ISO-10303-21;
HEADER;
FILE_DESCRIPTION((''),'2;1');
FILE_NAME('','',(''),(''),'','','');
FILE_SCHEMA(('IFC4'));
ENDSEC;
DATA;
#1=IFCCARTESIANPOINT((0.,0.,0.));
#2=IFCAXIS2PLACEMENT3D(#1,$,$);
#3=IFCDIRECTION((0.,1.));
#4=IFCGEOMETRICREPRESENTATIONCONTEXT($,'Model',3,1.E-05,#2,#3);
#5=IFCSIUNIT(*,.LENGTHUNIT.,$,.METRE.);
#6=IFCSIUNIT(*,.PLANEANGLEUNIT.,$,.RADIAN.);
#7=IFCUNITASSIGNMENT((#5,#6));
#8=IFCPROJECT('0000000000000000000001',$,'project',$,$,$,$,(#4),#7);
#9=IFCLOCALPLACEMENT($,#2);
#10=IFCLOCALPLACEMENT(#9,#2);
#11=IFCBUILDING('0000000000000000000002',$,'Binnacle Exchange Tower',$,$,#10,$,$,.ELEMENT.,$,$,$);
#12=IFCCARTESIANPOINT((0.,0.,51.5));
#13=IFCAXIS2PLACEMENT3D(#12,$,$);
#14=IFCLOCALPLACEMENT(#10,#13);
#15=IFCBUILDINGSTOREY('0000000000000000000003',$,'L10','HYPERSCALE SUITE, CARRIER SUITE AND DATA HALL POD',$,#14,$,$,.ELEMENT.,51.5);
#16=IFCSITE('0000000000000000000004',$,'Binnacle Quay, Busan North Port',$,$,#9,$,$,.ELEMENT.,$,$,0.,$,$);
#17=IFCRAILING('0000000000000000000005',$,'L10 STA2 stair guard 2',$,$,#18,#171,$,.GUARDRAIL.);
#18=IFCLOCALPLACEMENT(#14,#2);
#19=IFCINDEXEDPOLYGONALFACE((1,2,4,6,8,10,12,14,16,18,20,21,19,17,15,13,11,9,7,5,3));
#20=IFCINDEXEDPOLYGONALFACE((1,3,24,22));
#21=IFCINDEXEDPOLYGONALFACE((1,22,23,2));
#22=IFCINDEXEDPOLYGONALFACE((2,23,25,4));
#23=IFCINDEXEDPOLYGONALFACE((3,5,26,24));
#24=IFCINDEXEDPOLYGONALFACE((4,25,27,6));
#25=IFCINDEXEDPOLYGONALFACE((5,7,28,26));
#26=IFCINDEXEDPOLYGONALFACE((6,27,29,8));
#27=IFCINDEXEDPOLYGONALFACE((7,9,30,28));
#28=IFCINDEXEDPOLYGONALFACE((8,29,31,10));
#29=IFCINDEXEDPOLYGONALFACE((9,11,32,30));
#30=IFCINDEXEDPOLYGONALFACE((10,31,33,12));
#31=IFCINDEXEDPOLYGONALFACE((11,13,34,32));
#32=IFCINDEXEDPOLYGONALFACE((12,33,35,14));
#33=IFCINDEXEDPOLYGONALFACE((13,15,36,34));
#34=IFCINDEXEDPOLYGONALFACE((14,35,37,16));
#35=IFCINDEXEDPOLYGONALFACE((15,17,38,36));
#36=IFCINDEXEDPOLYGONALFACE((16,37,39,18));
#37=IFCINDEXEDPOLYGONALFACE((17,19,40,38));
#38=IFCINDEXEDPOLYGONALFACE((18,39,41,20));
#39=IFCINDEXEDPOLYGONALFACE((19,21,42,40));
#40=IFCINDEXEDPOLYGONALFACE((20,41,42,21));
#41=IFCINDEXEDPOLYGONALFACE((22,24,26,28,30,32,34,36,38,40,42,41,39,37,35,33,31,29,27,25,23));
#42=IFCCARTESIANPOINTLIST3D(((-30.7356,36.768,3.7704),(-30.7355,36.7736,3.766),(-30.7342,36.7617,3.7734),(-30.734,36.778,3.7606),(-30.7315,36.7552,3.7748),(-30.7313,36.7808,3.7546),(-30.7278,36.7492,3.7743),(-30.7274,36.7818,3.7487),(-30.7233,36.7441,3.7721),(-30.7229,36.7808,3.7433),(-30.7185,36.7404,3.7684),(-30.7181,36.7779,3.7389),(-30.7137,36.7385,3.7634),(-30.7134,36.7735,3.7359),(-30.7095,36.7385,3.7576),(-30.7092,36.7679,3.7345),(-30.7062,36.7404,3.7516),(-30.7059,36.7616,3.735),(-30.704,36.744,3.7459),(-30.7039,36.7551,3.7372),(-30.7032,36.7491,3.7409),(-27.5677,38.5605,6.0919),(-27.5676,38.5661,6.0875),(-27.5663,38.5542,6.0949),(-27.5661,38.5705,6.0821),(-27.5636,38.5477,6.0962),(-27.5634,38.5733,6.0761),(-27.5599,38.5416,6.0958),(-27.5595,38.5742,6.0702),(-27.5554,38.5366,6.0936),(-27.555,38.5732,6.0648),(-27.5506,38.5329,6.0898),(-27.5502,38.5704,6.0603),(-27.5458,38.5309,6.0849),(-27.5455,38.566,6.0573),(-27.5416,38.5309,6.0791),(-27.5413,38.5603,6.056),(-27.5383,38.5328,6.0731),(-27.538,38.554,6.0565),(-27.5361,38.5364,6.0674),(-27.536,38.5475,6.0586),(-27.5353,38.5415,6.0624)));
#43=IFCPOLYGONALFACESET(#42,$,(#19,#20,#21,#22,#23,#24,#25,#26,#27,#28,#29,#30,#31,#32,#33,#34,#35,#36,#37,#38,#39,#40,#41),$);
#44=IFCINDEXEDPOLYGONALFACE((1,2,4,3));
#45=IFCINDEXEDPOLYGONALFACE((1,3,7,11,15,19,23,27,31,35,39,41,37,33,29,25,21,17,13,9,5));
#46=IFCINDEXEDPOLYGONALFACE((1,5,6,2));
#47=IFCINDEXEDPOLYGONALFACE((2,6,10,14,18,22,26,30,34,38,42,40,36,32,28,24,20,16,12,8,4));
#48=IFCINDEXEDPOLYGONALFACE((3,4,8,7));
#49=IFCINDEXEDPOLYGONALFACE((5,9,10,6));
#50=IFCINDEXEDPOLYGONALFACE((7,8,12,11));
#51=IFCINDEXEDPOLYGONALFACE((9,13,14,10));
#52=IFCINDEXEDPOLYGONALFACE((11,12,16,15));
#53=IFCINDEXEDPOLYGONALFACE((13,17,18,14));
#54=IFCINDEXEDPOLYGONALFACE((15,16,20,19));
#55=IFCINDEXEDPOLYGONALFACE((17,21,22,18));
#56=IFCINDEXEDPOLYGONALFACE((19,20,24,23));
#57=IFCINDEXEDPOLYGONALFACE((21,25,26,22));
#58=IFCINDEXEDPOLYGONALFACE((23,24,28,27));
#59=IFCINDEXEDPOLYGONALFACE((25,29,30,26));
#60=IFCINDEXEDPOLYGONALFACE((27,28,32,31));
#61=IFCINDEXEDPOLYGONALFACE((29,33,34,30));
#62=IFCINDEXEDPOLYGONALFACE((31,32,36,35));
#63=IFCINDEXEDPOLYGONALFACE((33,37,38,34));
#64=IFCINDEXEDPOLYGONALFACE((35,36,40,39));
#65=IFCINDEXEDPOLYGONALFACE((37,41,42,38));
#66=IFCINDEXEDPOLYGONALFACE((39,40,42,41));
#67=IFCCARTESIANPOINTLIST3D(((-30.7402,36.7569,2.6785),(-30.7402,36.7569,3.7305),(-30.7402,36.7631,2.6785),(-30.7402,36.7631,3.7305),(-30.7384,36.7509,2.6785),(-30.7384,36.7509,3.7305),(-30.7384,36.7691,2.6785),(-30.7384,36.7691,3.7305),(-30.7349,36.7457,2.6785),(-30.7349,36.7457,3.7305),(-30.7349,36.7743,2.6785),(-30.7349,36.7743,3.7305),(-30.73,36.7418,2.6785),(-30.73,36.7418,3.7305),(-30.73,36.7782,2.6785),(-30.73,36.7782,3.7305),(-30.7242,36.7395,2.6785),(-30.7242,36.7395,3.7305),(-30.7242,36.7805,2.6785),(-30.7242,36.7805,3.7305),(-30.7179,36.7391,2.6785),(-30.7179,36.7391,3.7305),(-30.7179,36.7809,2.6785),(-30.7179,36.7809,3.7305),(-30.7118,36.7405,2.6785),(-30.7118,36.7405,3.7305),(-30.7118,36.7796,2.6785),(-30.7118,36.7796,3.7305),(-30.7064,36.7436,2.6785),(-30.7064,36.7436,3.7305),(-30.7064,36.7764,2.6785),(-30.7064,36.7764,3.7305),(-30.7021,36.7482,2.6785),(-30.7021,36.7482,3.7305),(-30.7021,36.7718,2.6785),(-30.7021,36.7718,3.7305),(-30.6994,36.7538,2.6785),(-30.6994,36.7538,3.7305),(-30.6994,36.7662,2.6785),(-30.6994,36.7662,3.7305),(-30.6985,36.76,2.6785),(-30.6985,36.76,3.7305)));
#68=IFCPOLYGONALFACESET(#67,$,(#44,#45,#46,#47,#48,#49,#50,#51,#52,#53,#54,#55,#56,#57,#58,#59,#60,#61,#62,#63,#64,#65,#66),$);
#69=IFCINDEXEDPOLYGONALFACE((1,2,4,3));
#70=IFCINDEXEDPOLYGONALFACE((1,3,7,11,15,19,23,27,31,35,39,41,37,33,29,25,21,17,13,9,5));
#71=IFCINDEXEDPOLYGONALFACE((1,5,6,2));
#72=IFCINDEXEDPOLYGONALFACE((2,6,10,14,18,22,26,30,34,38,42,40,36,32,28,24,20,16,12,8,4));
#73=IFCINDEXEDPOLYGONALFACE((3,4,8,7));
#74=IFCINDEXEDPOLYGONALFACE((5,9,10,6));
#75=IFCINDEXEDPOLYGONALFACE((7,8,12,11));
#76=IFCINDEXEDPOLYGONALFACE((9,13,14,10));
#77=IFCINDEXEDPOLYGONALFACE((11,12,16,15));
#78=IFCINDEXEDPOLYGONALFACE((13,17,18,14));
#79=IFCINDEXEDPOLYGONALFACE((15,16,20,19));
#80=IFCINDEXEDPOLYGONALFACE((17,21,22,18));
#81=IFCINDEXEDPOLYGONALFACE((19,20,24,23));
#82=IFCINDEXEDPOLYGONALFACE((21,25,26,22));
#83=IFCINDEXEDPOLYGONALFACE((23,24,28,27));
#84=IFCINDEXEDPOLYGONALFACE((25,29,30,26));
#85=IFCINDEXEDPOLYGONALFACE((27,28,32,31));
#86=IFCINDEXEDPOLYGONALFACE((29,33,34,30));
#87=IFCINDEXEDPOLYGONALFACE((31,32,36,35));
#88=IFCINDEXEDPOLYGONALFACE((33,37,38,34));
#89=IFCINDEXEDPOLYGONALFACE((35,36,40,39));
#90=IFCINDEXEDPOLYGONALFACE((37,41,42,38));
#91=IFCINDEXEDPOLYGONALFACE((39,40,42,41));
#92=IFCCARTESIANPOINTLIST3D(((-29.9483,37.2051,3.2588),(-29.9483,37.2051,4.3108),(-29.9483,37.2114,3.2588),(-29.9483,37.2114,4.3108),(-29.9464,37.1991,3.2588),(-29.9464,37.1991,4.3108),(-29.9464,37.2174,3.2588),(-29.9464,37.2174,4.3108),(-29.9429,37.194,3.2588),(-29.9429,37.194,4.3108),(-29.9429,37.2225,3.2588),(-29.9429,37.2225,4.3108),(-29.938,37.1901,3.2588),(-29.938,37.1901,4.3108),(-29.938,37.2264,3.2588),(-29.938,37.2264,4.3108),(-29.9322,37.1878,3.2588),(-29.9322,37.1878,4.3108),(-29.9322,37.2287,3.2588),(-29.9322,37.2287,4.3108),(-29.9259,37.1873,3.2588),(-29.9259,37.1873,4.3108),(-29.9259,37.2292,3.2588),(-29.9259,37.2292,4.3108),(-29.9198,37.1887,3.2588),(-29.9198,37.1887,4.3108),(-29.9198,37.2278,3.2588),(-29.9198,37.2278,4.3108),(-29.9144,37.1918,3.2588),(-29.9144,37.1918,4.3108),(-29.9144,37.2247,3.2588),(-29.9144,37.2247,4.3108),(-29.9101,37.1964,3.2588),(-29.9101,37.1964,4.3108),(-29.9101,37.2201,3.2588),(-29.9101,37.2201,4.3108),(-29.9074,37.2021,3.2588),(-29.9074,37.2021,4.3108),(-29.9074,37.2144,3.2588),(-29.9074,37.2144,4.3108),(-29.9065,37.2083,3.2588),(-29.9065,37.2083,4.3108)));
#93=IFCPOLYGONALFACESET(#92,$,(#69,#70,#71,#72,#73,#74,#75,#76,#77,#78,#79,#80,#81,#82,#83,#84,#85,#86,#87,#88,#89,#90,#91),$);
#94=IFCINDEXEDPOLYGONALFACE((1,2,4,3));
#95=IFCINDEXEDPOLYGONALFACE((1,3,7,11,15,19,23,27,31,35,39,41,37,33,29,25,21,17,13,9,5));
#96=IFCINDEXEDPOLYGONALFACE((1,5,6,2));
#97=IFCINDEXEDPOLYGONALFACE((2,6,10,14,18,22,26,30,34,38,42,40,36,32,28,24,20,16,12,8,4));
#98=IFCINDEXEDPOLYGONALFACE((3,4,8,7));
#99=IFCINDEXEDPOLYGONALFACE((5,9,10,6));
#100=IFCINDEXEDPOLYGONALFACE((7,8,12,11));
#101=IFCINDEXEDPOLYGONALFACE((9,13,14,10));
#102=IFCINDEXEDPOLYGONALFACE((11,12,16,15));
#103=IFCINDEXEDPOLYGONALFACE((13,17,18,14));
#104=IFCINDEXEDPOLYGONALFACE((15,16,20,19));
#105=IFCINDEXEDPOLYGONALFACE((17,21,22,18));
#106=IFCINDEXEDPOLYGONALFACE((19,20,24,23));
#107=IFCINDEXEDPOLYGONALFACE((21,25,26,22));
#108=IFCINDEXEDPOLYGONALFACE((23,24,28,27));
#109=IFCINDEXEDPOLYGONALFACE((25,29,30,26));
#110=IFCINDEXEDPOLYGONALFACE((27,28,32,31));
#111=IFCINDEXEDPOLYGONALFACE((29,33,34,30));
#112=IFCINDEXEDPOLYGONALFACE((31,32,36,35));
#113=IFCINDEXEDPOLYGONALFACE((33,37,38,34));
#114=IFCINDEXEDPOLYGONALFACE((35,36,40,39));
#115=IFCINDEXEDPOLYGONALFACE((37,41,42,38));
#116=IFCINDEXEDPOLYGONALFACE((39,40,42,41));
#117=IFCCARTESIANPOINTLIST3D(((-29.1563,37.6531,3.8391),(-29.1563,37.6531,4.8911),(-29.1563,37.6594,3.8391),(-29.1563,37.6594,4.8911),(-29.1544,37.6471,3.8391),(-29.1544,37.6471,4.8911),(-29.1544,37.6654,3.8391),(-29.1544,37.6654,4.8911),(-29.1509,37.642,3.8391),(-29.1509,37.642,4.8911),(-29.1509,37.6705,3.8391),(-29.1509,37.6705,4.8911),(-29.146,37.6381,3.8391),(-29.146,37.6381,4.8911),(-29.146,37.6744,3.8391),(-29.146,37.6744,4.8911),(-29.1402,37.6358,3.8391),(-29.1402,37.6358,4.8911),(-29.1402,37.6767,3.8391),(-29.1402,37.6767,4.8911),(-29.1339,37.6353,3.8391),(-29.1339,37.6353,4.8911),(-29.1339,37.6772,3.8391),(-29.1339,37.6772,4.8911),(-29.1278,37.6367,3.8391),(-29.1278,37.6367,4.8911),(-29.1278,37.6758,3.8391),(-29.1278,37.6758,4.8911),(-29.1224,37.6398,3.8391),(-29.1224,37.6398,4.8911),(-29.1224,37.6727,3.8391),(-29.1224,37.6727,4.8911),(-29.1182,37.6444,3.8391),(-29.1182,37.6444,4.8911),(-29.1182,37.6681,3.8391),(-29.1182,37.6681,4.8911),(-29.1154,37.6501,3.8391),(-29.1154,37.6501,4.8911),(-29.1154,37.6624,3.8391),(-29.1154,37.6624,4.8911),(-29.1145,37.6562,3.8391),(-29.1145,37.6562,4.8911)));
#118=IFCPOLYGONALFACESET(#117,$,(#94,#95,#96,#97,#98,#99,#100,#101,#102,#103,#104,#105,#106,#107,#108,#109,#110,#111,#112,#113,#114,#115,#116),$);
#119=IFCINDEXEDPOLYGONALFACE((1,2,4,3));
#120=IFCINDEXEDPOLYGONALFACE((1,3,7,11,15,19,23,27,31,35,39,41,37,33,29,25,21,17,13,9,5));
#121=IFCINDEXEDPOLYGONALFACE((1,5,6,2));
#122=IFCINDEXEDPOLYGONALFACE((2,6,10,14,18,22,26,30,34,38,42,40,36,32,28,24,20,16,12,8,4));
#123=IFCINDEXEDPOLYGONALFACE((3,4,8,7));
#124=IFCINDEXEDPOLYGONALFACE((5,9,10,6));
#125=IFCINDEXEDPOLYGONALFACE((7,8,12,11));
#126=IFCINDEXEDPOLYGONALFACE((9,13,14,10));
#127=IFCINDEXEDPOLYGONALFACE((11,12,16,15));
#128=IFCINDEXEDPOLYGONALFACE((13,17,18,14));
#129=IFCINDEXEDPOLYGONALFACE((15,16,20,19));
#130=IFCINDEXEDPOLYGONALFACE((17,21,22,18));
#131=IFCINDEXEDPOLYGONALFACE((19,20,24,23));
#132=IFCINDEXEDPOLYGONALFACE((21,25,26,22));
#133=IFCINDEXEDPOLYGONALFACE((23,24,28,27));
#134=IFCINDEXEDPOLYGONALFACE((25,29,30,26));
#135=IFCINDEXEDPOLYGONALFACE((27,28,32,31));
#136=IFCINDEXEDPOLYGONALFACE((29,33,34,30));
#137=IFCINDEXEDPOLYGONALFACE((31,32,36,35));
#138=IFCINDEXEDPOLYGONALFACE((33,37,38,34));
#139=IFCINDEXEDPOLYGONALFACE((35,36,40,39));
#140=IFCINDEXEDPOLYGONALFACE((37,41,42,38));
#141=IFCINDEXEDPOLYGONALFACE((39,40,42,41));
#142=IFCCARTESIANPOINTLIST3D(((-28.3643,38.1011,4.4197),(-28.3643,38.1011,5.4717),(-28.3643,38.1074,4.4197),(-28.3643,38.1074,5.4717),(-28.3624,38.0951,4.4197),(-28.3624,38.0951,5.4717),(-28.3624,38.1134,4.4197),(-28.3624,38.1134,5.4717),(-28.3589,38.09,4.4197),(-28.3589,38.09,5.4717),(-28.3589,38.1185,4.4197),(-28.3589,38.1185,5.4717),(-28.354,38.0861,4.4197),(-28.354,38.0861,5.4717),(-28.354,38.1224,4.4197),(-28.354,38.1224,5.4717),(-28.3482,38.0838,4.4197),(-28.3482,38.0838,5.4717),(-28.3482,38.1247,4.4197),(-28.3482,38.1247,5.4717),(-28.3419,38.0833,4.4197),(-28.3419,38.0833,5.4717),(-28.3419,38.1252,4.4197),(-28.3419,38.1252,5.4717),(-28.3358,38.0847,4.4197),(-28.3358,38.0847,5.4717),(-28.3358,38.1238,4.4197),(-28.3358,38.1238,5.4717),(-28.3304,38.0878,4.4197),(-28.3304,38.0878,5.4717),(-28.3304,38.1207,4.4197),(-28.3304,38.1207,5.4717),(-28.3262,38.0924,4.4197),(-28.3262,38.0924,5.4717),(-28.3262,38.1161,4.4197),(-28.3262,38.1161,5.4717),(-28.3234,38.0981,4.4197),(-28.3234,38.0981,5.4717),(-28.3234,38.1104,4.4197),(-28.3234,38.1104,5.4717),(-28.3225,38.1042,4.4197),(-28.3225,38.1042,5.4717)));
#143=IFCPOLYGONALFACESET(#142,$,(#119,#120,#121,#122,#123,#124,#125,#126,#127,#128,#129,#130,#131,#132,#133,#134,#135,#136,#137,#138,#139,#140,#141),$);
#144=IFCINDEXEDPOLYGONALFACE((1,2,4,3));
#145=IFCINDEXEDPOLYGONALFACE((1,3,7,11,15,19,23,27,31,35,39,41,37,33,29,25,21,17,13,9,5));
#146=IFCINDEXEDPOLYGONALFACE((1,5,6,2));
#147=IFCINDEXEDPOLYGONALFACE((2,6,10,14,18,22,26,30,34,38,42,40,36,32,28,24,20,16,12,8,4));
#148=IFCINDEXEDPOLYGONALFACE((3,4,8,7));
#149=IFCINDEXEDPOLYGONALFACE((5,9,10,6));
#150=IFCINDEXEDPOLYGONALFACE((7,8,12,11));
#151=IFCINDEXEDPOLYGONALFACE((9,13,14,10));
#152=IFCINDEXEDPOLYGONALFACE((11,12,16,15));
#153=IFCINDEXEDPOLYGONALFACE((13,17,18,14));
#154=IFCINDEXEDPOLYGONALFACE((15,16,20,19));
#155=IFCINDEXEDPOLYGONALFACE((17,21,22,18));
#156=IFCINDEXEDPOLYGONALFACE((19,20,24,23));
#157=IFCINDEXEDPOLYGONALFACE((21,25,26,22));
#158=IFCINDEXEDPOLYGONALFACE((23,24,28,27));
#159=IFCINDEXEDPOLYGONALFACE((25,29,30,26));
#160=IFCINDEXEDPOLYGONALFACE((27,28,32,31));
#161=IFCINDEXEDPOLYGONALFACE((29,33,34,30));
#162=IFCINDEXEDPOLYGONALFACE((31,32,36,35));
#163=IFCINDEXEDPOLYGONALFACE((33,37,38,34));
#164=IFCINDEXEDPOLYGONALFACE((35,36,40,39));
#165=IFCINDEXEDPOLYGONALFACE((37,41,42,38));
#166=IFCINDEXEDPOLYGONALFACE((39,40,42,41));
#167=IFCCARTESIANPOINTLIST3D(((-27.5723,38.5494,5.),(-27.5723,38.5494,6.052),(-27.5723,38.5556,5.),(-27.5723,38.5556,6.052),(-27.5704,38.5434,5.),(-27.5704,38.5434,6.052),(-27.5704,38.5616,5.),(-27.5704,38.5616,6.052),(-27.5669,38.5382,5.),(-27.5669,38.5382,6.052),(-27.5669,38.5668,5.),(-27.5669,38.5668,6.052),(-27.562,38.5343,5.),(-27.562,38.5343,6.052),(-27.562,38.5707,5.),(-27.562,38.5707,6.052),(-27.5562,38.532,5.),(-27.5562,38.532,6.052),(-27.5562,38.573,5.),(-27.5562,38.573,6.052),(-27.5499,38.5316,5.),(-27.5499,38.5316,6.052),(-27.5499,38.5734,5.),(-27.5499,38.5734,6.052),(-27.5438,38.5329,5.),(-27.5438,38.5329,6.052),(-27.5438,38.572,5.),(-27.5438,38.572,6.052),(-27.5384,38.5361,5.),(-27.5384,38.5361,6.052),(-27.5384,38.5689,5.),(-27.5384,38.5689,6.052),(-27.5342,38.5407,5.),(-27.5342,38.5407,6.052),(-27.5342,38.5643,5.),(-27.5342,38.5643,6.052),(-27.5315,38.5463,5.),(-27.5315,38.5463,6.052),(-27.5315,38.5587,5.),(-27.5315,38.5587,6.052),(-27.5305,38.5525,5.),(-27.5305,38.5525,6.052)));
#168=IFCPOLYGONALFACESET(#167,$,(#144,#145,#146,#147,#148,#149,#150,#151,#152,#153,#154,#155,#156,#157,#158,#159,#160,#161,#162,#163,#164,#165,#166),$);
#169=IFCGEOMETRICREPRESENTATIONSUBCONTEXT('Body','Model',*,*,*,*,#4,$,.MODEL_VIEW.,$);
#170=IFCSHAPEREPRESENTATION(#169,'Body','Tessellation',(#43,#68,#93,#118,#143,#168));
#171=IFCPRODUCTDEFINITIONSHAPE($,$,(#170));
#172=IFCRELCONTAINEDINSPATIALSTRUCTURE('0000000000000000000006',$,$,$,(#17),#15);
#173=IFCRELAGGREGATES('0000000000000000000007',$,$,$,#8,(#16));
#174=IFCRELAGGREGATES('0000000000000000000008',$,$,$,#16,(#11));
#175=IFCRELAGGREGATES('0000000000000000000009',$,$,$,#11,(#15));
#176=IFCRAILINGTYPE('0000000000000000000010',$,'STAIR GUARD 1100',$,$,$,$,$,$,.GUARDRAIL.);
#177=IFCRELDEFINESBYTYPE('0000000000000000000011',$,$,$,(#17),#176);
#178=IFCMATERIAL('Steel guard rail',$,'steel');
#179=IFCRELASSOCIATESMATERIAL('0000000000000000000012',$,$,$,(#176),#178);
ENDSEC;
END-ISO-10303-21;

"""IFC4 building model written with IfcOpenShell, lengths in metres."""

from ifc_helpers import new_model, si_unit, direction, frame, origin, origin_2d, place, context, subcontext, project, spatial, circle, extrude, material, type_object, element, save


model = new_model("IFC4")

# Units and contexts
model_context = context("Model", 3, precision=1e-05, world=origin(), true_north=direction((0.0, 1.0)))
body_context = subcontext(model_context, "Body", "Model", "MODEL_VIEW")
ifc_project = project(units=[si_unit("LENGTHUNIT", "METRE"), si_unit("PLANEANGLEUNIT", "RADIAN")], contexts=[model_context])

# Site, building, storey
site_placement = place(None, origin())
site = spatial("IfcSite", under=ifc_project, at=site_placement, Name="Binnacle Quay, Busan North Port", CompositionType="ELEMENT", RefElevation=0.0)
building_placement = place(site_placement, origin())
building = spatial("IfcBuilding", under=site, at=building_placement, Name="Binnacle Exchange Tower", CompositionType="ELEMENT")
storey_placement = place(building_placement, frame((0.0, 0.0, 51.5)))
storey = spatial("IfcBuildingStorey", under=building, at=storey_placement, Name="L10", Description="HYPERSCALE SUITE, CARRIER SUITE AND DATA HALL POD", CompositionType="ELEMENT", Elevation=51.5)

# Railing
ifc_material_1 = material(Name="Steel guard rail", Category="steel")
railing_type = type_object("IfcRailingType", Name="STAIR GUARD 1100", PredefinedType="GUARDRAIL", material=ifc_material_1)
railing_placement = place(storey_placement, frame((-30.7195, 36.76, 2.6785)))
element("IfcRailing", 1, at=railing_placement, inside=storey, type_object=railing_type, Name="L10 STA2 stair guard 2", PredefinedType="GUARDRAIL", context=body_context, shape_type="SweptSolid", body=[
    extrude(circle(Radius=0.0239, at=origin_2d()), frame((0.0, 0.0, 1.0762), z_axis=(0.733796, 0.415192, 0.537736), x_axis=(-0.492451, 0.87034, 0.0)), (0.0, 0.0, 1.0), 4.3171),
    extrude(circle(Radius=0.021, at=origin_2d()), origin(), (0.0, 0.0, 1.0), 1.052),
    extrude(circle(Radius=0.021, at=origin_2d()), frame((0.792, 0.4482, 0.5803)), (0.0, 0.0, 1.0), 1.052),
    extrude(circle(Radius=0.021, at=origin_2d()), frame((1.584, 0.8962, 1.1606)), (0.0, 0.0, 1.0), 1.052),
    extrude(circle(Radius=0.021, at=origin_2d()), frame((2.376, 1.3442, 1.7412)), (0.0, 0.0, 1.0), 1.052),
    extrude(circle(Radius=0.021, at=origin_2d()), frame((3.168, 1.7925, 2.3215)), (0.0, 0.0, 1.0), 1.052),
])

save(model, "model.ifc")
